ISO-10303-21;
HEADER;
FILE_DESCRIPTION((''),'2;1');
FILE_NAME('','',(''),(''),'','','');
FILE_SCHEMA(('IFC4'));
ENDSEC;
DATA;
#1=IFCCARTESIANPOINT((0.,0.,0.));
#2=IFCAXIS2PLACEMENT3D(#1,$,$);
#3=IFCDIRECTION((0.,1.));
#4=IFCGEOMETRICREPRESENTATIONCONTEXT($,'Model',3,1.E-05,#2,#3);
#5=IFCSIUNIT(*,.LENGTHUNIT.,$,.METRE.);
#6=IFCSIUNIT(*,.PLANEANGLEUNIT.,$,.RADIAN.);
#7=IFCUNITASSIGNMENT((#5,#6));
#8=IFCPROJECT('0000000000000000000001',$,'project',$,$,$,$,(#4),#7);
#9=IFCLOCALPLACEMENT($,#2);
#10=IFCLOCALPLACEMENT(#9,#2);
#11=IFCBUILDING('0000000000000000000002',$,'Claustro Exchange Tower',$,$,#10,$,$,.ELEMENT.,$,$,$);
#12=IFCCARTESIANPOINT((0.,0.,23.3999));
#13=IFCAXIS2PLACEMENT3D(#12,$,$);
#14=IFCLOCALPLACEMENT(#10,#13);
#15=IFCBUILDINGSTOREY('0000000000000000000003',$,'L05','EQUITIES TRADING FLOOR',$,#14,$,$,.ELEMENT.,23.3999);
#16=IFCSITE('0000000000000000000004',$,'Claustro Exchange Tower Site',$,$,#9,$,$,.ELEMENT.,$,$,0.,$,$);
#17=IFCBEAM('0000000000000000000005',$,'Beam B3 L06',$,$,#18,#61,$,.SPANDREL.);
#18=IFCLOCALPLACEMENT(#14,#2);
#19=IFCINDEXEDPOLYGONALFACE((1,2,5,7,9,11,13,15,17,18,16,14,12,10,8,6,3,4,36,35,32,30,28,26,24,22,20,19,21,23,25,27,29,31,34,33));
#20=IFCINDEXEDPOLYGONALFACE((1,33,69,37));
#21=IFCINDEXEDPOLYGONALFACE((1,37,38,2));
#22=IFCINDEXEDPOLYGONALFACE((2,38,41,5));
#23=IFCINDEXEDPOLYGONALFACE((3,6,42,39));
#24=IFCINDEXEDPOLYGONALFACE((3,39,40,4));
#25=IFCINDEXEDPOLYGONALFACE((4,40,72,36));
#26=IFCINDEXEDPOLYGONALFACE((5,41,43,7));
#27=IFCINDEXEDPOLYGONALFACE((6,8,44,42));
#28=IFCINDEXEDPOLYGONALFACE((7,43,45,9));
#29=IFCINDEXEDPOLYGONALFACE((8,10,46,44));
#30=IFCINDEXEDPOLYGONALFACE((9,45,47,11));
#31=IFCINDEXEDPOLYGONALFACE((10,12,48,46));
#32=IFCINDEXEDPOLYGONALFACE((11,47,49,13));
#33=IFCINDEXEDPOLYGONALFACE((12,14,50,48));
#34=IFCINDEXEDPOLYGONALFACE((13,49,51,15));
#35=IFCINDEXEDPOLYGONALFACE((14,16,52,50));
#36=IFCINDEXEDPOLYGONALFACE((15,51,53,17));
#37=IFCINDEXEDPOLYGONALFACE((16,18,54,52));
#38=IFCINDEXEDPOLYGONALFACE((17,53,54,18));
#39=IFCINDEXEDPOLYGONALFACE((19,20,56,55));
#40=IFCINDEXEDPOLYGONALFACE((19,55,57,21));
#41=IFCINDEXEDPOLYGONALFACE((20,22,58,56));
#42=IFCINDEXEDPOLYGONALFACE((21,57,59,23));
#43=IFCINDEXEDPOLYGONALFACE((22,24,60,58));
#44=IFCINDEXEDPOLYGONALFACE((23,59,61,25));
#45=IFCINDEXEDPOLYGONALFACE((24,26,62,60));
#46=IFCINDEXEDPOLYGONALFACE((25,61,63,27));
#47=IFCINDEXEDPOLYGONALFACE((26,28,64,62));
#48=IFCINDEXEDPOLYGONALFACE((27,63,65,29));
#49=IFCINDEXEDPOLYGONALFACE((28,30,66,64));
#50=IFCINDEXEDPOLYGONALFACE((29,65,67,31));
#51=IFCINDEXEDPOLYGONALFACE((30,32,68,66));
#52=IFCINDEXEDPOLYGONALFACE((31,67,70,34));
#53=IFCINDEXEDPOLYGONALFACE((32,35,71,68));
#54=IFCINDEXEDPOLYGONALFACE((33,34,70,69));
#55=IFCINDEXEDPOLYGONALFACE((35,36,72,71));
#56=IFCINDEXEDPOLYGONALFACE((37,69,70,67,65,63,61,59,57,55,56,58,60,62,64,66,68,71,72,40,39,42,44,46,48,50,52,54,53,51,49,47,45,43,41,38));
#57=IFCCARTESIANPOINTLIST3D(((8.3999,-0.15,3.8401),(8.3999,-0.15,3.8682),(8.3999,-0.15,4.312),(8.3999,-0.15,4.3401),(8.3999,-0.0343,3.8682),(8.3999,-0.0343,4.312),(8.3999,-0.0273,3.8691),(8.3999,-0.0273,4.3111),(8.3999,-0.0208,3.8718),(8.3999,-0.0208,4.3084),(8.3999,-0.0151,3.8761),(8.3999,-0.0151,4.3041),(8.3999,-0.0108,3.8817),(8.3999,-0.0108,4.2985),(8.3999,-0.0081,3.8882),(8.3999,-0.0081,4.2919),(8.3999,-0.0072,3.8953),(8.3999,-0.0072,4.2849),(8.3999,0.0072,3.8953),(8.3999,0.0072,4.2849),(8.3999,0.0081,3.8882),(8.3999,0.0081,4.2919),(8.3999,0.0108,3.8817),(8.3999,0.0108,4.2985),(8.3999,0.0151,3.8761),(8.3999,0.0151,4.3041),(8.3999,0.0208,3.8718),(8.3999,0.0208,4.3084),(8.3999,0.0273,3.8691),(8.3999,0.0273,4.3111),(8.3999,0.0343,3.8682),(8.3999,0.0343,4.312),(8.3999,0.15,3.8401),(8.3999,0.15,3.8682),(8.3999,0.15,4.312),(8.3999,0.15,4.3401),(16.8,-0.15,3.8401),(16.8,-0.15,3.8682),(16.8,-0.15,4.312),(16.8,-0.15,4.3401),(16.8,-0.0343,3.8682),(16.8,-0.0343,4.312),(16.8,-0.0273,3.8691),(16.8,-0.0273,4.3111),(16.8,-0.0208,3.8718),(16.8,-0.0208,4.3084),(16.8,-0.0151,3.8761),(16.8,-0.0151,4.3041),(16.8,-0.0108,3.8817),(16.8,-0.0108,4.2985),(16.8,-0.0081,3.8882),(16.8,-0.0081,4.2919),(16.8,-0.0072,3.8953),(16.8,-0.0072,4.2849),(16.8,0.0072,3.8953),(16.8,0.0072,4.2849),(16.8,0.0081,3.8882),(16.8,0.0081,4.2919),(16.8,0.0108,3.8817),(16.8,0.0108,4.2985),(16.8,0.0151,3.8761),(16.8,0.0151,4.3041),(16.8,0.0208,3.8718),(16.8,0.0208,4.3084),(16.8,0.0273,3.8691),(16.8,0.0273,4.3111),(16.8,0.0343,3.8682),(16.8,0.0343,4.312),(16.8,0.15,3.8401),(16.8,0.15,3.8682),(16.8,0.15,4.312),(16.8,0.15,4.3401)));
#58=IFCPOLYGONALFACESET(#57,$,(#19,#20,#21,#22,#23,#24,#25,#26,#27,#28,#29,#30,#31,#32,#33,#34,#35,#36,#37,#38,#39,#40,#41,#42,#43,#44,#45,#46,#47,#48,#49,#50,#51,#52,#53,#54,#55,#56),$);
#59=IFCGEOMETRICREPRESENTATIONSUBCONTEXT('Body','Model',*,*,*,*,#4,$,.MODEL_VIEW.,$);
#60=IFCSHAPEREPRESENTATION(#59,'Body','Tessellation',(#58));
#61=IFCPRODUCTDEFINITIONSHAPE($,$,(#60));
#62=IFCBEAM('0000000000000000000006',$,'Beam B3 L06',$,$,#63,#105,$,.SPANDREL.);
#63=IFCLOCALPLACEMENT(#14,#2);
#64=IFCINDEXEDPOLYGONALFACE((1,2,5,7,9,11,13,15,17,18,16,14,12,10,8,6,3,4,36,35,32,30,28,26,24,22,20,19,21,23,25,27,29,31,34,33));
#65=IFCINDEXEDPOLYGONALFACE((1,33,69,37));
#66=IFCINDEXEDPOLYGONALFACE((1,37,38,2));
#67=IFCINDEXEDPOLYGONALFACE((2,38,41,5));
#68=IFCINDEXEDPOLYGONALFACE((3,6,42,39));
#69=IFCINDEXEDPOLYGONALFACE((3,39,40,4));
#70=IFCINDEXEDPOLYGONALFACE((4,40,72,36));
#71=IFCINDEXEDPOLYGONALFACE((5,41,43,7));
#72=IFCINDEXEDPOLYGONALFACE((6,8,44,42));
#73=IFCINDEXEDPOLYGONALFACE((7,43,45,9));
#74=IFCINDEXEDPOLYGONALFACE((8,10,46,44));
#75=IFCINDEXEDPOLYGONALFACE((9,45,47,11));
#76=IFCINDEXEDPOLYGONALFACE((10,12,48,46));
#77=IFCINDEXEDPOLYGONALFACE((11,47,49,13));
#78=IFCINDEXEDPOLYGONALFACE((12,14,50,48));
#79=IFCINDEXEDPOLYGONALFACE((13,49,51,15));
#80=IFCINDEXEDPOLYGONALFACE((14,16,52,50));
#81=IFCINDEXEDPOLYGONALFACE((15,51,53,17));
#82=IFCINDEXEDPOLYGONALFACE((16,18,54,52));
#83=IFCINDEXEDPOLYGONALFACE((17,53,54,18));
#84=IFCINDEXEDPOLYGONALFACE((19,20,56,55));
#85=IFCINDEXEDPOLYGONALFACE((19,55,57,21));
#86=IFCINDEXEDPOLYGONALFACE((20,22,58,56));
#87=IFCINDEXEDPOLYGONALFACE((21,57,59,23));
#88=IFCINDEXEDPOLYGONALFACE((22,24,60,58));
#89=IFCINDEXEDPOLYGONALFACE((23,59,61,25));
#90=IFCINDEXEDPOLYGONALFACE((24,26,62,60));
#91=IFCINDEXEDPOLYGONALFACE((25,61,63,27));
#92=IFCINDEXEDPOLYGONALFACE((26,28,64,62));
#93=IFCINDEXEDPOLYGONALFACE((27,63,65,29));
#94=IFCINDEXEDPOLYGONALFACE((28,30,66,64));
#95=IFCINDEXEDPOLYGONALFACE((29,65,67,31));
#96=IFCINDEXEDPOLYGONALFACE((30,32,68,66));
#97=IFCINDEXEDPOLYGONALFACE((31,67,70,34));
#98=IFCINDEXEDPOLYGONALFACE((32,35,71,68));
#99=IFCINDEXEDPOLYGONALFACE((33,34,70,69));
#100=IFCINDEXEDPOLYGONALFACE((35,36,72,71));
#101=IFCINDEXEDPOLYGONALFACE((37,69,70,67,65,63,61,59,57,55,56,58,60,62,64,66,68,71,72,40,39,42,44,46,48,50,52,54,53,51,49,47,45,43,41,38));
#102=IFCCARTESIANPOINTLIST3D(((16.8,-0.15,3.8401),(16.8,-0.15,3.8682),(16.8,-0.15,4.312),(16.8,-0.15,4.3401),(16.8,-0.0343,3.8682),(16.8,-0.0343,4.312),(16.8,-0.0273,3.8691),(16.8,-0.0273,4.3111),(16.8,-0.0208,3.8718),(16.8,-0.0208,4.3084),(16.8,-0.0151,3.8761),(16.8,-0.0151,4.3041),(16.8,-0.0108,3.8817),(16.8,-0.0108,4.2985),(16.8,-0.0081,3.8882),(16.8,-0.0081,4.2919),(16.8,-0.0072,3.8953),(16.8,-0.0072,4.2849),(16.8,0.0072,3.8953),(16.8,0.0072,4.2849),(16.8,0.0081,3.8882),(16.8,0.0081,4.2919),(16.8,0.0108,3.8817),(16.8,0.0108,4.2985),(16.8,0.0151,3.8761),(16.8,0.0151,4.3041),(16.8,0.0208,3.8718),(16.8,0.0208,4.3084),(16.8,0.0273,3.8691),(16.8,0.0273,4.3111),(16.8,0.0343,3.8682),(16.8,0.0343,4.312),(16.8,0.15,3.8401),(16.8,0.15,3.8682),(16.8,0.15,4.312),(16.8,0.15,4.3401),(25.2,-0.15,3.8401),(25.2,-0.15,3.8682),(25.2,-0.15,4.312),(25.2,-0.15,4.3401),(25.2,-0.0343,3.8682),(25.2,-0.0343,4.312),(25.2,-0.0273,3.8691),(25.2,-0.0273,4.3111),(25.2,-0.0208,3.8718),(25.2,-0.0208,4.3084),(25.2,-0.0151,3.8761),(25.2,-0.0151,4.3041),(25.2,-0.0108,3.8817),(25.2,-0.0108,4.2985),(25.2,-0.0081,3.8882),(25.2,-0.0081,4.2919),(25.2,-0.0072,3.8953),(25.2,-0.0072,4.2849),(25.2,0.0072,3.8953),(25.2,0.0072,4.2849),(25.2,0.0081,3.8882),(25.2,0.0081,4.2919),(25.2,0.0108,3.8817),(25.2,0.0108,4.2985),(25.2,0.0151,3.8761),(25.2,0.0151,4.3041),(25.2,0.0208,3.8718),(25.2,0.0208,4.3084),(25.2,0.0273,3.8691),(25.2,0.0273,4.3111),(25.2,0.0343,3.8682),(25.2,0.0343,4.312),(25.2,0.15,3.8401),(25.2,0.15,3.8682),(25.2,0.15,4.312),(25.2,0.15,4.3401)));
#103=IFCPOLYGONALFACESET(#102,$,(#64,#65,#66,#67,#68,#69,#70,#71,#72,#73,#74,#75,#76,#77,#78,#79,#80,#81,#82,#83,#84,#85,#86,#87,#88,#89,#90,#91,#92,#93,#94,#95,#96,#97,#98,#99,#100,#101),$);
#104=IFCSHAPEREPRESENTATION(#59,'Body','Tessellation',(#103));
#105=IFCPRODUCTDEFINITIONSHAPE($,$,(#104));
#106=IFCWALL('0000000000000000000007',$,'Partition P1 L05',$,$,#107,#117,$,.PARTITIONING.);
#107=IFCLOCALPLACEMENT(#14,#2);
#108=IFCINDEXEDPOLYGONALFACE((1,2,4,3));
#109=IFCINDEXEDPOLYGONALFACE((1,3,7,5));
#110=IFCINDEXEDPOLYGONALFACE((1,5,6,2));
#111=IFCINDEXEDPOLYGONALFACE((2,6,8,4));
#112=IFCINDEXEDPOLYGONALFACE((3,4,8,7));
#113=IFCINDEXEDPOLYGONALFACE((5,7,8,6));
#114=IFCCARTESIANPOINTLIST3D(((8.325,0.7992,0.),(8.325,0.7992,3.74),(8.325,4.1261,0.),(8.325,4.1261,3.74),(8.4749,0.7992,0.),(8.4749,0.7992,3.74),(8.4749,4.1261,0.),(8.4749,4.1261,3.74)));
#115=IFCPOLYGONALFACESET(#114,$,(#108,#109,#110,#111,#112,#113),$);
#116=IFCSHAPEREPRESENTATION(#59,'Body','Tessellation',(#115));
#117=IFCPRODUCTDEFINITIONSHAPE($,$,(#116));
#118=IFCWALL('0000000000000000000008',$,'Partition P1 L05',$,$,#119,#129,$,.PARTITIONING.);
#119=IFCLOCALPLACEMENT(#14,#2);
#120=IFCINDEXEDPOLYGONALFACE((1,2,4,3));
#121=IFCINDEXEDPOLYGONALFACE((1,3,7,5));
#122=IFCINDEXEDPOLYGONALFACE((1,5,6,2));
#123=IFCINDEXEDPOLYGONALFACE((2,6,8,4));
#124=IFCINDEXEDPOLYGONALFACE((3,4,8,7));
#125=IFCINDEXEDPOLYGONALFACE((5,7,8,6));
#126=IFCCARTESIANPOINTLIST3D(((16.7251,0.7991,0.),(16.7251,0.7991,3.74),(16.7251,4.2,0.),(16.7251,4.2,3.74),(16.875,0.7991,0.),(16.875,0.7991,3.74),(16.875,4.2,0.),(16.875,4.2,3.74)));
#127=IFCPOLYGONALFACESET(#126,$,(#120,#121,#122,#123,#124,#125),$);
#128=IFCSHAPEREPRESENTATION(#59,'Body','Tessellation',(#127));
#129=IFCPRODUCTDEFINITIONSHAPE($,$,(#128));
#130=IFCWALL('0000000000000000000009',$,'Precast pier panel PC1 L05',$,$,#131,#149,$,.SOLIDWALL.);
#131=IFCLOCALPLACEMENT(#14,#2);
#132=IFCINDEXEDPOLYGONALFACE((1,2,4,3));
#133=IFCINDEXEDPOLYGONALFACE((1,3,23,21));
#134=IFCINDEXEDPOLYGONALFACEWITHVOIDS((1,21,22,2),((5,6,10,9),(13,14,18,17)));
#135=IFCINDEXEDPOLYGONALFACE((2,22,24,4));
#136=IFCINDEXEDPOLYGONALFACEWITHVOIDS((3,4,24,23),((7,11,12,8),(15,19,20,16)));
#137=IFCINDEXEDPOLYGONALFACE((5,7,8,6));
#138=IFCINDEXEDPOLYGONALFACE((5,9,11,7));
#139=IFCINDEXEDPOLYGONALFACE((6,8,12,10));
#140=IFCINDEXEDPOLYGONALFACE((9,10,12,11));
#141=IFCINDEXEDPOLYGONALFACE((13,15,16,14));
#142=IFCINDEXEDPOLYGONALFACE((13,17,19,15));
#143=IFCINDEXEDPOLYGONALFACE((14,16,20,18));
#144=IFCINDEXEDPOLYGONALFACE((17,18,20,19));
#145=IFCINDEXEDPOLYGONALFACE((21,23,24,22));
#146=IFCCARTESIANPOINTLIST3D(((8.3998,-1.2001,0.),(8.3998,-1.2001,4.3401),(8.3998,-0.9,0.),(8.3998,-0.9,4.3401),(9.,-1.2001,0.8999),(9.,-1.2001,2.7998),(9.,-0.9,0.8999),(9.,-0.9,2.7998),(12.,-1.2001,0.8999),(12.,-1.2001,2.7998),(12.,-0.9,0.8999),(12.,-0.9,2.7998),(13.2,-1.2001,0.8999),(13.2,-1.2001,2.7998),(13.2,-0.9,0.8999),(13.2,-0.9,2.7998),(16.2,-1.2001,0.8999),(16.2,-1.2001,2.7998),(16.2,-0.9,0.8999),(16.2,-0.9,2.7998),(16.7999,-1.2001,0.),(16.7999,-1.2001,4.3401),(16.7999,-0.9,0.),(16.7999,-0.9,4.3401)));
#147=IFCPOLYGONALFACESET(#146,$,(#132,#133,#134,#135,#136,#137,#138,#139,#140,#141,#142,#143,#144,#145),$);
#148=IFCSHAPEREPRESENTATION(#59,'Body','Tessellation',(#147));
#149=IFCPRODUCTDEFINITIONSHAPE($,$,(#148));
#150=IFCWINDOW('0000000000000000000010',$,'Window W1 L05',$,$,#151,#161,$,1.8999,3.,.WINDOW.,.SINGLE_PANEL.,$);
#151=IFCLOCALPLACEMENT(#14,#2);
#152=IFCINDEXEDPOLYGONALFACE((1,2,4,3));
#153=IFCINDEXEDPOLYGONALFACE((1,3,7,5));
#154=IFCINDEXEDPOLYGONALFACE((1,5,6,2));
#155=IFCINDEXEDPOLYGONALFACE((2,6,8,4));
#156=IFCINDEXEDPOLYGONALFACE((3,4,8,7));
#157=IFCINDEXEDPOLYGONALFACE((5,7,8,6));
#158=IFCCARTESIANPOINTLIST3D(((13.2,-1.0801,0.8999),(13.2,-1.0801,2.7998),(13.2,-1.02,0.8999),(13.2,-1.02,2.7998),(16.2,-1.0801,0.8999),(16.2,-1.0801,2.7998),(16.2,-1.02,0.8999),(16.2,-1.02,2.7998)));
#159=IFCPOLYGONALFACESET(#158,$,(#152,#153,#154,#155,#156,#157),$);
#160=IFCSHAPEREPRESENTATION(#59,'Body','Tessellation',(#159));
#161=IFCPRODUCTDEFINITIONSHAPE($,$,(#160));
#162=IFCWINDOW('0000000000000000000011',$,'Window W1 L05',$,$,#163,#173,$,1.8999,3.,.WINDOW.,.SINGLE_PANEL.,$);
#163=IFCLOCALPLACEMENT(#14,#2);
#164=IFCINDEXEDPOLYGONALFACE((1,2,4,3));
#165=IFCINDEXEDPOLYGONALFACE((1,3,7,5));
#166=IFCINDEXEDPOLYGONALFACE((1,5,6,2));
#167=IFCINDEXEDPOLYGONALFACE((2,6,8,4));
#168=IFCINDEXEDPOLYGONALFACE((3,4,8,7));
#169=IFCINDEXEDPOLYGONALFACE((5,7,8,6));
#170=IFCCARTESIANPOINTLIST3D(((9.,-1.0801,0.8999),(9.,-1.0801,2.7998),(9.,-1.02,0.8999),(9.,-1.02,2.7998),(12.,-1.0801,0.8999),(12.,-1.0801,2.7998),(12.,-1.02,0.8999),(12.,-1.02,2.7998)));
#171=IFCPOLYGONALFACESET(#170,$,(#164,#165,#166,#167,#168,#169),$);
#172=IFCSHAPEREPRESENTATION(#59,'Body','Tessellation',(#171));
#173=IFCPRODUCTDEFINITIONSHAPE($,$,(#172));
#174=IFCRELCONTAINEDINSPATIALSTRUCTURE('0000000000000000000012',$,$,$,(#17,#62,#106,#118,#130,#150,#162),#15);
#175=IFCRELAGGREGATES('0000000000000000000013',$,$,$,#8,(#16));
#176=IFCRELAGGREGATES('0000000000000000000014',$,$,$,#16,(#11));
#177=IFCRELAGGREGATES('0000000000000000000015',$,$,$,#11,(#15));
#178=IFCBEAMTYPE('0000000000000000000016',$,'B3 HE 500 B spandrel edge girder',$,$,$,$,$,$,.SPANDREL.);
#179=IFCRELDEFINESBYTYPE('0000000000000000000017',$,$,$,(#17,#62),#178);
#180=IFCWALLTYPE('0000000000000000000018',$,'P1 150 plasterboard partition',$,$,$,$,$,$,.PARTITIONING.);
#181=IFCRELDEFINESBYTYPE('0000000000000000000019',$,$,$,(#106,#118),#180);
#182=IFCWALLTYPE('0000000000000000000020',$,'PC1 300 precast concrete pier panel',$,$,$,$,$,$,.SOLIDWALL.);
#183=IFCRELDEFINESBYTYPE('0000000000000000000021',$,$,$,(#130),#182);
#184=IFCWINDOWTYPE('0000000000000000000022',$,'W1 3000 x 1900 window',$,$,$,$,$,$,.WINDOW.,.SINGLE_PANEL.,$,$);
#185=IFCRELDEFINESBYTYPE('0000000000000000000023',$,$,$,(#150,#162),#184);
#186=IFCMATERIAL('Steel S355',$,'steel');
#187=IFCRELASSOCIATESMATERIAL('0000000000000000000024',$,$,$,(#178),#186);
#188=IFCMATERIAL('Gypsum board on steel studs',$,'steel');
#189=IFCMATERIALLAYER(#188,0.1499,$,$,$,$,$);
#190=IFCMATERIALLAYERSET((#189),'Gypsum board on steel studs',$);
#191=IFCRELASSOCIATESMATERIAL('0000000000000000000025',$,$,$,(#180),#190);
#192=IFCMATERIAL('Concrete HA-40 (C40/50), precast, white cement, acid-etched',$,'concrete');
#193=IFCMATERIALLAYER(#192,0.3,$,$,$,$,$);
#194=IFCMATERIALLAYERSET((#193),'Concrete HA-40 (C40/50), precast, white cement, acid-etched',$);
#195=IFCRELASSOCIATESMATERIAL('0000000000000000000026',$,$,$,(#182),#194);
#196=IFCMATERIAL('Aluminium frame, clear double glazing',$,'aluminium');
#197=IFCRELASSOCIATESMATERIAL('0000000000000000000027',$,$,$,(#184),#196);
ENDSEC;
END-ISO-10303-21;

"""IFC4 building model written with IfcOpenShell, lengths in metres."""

from ifc_helpers import new_model, si_unit, direction, frame, frame_2d, origin, origin_2d, place, context, subcontext, project, spatial, rectangle, i_section, extrude, material, layer, layer_set, material_profile, profile_set, type_object, element, fill, save


model = new_model("IFC4")

# Units and contexts
model_context = context("Model", 3, precision=1e-05, world=origin(), true_north=direction((0.0, 1.0)))
body_context = subcontext(model_context, "Body", "Model", "MODEL_VIEW")
ifc_project = project(units=[si_unit("LENGTHUNIT", "METRE"), si_unit("PLANEANGLEUNIT", "RADIAN")], contexts=[model_context])

# Site, building, storey
site_placement = place(None, origin())
site = spatial("IfcSite", under=ifc_project, at=site_placement, Name="Claustro Exchange Tower Site", CompositionType="ELEMENT", RefElevation=0.0)
building_placement = place(site_placement, origin())
building = spatial("IfcBuilding", under=site, at=building_placement, Name="Claustro Exchange Tower", CompositionType="ELEMENT")
storey_placement = place(building_placement, frame((0.0, 0.0, 23.3999)))
storey = spatial("IfcBuildingStorey", under=building, at=storey_placement, Name="L05", Description="EQUITIES TRADING FLOOR", CompositionType="ELEMENT", Elevation=23.3999)

# Beams
ifc_material_1 = material(Name="Steel S355", Category="steel")
ifc_material_profile_1 = material_profile(ifc_material_1, i_section(OverallWidth=0.3, OverallDepth=0.5, WebThickness=0.0144, FlangeThickness=0.0281, FilletRadius=0.0271, at=origin_2d()), Name="HE 500 B")
ifc_profile_set_1 = profile_set([ifc_material_profile_1], Name="Steel S355")
beam_type_1 = type_object("IfcBeamType", Name="B3 HE 500 B spandrel edge girder", PredefinedType="SPANDREL", material=ifc_profile_set_1)
beam_1_placement = place(storey_placement, frame((8.3999, 0.0, 4.0901), z_axis=(1.0, 0.0, 0.0), x_axis=(0.0, 1.0, 0.0)))
element("IfcBeam", 1, at=beam_1_placement, inside=storey, type_object=beam_type_1, Name="Beam B3 L06", PredefinedType="SPANDREL", context=body_context, shape_type="SweptSolid", body=[
    extrude(i_section(OverallWidth=0.3, OverallDepth=0.5, WebThickness=0.0144, FlangeThickness=0.0281, FilletRadius=0.0271, at=origin_2d()), origin(), (0.0, 0.0, 1.0), 8.4001),
])
beam_2_placement = place(storey_placement, frame((16.8, 0.0, 4.0901), z_axis=(1.0, 0.0, 0.0), x_axis=(0.0, 1.0, 0.0)))
element("IfcBeam", 2, at=beam_2_placement, inside=storey, type_object=beam_type_1, Name="Beam B3 L06", PredefinedType="SPANDREL", context=body_context, shape_type="SweptSolid", body=[
    extrude(i_section(OverallWidth=0.3, OverallDepth=0.5, WebThickness=0.0144, FlangeThickness=0.0281, FilletRadius=0.0271, at=origin_2d()), origin(), (0.0, 0.0, 1.0), 8.3999),
])

# Walls
ifc_material_2 = material(Name="Gypsum board on steel studs", Category="steel")
ifc_layer_1 = layer(ifc_material_2, 0.1499)
ifc_layer_set_1 = layer_set([ifc_layer_1], Name="Gypsum board on steel studs")
wall_type_1 = type_object("IfcWallType", Name="P1 150 plasterboard partition", PredefinedType="PARTITIONING", material=ifc_layer_set_1)
wall_1_placement = place(storey_placement, frame((8.3999, 0.7991, 0.0), z_axis=(0.0, 0.0, 1.0), x_axis=(0.0, 1.0, 0.0)))
element("IfcWall", 3, at=wall_1_placement, inside=storey, type_object=wall_type_1, Name="Partition P1 L05", PredefinedType="PARTITIONING", context=body_context, shape_type="SweptSolid", body=[
    extrude(rectangle(XDim=3.3269, YDim=0.1499, at=frame_2d((1.6636, 0.0))), origin(), (0.0, 0.0, 1.0), 3.74),
])
wall_2_placement = place(storey_placement, frame((16.8, 0.7991, 0.0), z_axis=(0.0, 0.0, 1.0), x_axis=(0.0, 1.0, 0.0)))
element("IfcWall", 4, at=wall_2_placement, inside=storey, type_object=wall_type_1, Name="Partition P1 L05", PredefinedType="PARTITIONING", context=body_context, shape_type="SweptSolid", body=[
    extrude(rectangle(XDim=3.4009, YDim=0.1499, at=frame_2d((1.7004, 0.0))), origin(), (0.0, 0.0, 1.0), 3.74),
])

# Wall, openings, windows
ifc_material_3 = material(Name="Concrete HA-40 (C40/50), precast, white cement, acid-etched", Category="concrete")
ifc_layer_2 = layer(ifc_material_3, 0.3)
ifc_layer_set_2 = layer_set([ifc_layer_2], Name="Concrete HA-40 (C40/50), precast, white cement, acid-etched")
wall_type_2 = type_object("IfcWallType", Name="PC1 300 precast concrete pier panel", PredefinedType="SOLIDWALL", material=ifc_layer_set_2)
wall_3_placement = place(storey_placement, frame((16.8, -1.05, 0.0), z_axis=(0.0, 0.0, 1.0), x_axis=(-1.0, 0.0, 0.0)))
wall_3 = element("IfcWall", 5, at=wall_3_placement, inside=storey, type_object=wall_type_2, Name="Precast pier panel PC1 L05", PredefinedType="SOLIDWALL", context=body_context, shape_type="SweptSolid", body=[
    extrude(rectangle(XDim=8.4001, YDim=0.3, at=frame_2d((4.2002, 0.0))), origin(), (0.0, 0.0, 1.0), 4.3401),
])
opening_1_placement = place(wall_3_placement, frame((0.6001, 0.0, 0.8999)))
opening_1 = element("IfcOpeningElement", 6, at=opening_1_placement, cuts=wall_3, PredefinedType="OPENING", context=body_context, shape_type="SweptSolid", body=[
    extrude(rectangle(XDim=3.0, YDim=1.8999, at=frame_2d((1.5, 0.95))), frame((0.0, 0.1599, 0.0), z_axis=(0.0, -1.0, 0.0), x_axis=(1.0, 0.0, 0.0)), (0.0, 0.0, 1.0), 0.3201),
])
opening_2_placement = place(wall_3_placement, frame((4.8, 0.0, 0.8999)))
opening_2 = element("IfcOpeningElement", 7, at=opening_2_placement, cuts=wall_3, PredefinedType="OPENING", context=body_context, shape_type="SweptSolid", body=[
    extrude(rectangle(XDim=3.0, YDim=1.8999, at=frame_2d((1.5, 0.95))), frame((0.0, 0.1599, 0.0), z_axis=(0.0, -1.0, 0.0), x_axis=(1.0, 0.0, 0.0)), (0.0, 0.0, 1.0), 0.3201),
])
ifc_material_4 = material(Name="Aluminium frame, clear double glazing", Category="aluminium")
window_type = type_object("IfcWindowType", Name="W1 3000 x 1900 window", PartitioningType="SINGLE_PANEL", PredefinedType="WINDOW", material=ifc_material_4)
window_1_placement = place(opening_1_placement, origin())
window_1 = element("IfcWindow", 8, at=window_1_placement, inside=storey, type_object=window_type, Name="Window W1 L05", OverallHeight=1.8999, OverallWidth=3.0, PartitioningType="SINGLE_PANEL", PredefinedType="WINDOW", context=body_context, shape_type="SweptSolid", body=[
    extrude(rectangle(XDim=3.0, YDim=1.8999, at=frame_2d((1.5, 0.95))), frame((0.0, 0.03, 0.0), z_axis=(0.0, -1.0, 0.0), x_axis=(1.0, 0.0, 0.0)), (0.0, 0.0, 1.0), 0.0601),
])
fill(opening_1, window_1)
window_2_placement = place(opening_2_placement, origin())
window_2 = element("IfcWindow", 9, at=window_2_placement, inside=storey, type_object=window_type, Name="Window W1 L05", OverallHeight=1.8999, OverallWidth=3.0, PartitioningType="SINGLE_PANEL", PredefinedType="WINDOW", context=body_context, shape_type="SweptSolid", body=[
    extrude(rectangle(XDim=3.0, YDim=1.8999, at=frame_2d((1.5, 0.95))), frame((0.0, 0.03, 0.0), z_axis=(0.0, -1.0, 0.0), x_axis=(1.0, 0.0, 0.0)), (0.0, 0.0, 1.0), 0.0601),
])
fill(opening_2, window_2)

save(model, "model.ifc")
